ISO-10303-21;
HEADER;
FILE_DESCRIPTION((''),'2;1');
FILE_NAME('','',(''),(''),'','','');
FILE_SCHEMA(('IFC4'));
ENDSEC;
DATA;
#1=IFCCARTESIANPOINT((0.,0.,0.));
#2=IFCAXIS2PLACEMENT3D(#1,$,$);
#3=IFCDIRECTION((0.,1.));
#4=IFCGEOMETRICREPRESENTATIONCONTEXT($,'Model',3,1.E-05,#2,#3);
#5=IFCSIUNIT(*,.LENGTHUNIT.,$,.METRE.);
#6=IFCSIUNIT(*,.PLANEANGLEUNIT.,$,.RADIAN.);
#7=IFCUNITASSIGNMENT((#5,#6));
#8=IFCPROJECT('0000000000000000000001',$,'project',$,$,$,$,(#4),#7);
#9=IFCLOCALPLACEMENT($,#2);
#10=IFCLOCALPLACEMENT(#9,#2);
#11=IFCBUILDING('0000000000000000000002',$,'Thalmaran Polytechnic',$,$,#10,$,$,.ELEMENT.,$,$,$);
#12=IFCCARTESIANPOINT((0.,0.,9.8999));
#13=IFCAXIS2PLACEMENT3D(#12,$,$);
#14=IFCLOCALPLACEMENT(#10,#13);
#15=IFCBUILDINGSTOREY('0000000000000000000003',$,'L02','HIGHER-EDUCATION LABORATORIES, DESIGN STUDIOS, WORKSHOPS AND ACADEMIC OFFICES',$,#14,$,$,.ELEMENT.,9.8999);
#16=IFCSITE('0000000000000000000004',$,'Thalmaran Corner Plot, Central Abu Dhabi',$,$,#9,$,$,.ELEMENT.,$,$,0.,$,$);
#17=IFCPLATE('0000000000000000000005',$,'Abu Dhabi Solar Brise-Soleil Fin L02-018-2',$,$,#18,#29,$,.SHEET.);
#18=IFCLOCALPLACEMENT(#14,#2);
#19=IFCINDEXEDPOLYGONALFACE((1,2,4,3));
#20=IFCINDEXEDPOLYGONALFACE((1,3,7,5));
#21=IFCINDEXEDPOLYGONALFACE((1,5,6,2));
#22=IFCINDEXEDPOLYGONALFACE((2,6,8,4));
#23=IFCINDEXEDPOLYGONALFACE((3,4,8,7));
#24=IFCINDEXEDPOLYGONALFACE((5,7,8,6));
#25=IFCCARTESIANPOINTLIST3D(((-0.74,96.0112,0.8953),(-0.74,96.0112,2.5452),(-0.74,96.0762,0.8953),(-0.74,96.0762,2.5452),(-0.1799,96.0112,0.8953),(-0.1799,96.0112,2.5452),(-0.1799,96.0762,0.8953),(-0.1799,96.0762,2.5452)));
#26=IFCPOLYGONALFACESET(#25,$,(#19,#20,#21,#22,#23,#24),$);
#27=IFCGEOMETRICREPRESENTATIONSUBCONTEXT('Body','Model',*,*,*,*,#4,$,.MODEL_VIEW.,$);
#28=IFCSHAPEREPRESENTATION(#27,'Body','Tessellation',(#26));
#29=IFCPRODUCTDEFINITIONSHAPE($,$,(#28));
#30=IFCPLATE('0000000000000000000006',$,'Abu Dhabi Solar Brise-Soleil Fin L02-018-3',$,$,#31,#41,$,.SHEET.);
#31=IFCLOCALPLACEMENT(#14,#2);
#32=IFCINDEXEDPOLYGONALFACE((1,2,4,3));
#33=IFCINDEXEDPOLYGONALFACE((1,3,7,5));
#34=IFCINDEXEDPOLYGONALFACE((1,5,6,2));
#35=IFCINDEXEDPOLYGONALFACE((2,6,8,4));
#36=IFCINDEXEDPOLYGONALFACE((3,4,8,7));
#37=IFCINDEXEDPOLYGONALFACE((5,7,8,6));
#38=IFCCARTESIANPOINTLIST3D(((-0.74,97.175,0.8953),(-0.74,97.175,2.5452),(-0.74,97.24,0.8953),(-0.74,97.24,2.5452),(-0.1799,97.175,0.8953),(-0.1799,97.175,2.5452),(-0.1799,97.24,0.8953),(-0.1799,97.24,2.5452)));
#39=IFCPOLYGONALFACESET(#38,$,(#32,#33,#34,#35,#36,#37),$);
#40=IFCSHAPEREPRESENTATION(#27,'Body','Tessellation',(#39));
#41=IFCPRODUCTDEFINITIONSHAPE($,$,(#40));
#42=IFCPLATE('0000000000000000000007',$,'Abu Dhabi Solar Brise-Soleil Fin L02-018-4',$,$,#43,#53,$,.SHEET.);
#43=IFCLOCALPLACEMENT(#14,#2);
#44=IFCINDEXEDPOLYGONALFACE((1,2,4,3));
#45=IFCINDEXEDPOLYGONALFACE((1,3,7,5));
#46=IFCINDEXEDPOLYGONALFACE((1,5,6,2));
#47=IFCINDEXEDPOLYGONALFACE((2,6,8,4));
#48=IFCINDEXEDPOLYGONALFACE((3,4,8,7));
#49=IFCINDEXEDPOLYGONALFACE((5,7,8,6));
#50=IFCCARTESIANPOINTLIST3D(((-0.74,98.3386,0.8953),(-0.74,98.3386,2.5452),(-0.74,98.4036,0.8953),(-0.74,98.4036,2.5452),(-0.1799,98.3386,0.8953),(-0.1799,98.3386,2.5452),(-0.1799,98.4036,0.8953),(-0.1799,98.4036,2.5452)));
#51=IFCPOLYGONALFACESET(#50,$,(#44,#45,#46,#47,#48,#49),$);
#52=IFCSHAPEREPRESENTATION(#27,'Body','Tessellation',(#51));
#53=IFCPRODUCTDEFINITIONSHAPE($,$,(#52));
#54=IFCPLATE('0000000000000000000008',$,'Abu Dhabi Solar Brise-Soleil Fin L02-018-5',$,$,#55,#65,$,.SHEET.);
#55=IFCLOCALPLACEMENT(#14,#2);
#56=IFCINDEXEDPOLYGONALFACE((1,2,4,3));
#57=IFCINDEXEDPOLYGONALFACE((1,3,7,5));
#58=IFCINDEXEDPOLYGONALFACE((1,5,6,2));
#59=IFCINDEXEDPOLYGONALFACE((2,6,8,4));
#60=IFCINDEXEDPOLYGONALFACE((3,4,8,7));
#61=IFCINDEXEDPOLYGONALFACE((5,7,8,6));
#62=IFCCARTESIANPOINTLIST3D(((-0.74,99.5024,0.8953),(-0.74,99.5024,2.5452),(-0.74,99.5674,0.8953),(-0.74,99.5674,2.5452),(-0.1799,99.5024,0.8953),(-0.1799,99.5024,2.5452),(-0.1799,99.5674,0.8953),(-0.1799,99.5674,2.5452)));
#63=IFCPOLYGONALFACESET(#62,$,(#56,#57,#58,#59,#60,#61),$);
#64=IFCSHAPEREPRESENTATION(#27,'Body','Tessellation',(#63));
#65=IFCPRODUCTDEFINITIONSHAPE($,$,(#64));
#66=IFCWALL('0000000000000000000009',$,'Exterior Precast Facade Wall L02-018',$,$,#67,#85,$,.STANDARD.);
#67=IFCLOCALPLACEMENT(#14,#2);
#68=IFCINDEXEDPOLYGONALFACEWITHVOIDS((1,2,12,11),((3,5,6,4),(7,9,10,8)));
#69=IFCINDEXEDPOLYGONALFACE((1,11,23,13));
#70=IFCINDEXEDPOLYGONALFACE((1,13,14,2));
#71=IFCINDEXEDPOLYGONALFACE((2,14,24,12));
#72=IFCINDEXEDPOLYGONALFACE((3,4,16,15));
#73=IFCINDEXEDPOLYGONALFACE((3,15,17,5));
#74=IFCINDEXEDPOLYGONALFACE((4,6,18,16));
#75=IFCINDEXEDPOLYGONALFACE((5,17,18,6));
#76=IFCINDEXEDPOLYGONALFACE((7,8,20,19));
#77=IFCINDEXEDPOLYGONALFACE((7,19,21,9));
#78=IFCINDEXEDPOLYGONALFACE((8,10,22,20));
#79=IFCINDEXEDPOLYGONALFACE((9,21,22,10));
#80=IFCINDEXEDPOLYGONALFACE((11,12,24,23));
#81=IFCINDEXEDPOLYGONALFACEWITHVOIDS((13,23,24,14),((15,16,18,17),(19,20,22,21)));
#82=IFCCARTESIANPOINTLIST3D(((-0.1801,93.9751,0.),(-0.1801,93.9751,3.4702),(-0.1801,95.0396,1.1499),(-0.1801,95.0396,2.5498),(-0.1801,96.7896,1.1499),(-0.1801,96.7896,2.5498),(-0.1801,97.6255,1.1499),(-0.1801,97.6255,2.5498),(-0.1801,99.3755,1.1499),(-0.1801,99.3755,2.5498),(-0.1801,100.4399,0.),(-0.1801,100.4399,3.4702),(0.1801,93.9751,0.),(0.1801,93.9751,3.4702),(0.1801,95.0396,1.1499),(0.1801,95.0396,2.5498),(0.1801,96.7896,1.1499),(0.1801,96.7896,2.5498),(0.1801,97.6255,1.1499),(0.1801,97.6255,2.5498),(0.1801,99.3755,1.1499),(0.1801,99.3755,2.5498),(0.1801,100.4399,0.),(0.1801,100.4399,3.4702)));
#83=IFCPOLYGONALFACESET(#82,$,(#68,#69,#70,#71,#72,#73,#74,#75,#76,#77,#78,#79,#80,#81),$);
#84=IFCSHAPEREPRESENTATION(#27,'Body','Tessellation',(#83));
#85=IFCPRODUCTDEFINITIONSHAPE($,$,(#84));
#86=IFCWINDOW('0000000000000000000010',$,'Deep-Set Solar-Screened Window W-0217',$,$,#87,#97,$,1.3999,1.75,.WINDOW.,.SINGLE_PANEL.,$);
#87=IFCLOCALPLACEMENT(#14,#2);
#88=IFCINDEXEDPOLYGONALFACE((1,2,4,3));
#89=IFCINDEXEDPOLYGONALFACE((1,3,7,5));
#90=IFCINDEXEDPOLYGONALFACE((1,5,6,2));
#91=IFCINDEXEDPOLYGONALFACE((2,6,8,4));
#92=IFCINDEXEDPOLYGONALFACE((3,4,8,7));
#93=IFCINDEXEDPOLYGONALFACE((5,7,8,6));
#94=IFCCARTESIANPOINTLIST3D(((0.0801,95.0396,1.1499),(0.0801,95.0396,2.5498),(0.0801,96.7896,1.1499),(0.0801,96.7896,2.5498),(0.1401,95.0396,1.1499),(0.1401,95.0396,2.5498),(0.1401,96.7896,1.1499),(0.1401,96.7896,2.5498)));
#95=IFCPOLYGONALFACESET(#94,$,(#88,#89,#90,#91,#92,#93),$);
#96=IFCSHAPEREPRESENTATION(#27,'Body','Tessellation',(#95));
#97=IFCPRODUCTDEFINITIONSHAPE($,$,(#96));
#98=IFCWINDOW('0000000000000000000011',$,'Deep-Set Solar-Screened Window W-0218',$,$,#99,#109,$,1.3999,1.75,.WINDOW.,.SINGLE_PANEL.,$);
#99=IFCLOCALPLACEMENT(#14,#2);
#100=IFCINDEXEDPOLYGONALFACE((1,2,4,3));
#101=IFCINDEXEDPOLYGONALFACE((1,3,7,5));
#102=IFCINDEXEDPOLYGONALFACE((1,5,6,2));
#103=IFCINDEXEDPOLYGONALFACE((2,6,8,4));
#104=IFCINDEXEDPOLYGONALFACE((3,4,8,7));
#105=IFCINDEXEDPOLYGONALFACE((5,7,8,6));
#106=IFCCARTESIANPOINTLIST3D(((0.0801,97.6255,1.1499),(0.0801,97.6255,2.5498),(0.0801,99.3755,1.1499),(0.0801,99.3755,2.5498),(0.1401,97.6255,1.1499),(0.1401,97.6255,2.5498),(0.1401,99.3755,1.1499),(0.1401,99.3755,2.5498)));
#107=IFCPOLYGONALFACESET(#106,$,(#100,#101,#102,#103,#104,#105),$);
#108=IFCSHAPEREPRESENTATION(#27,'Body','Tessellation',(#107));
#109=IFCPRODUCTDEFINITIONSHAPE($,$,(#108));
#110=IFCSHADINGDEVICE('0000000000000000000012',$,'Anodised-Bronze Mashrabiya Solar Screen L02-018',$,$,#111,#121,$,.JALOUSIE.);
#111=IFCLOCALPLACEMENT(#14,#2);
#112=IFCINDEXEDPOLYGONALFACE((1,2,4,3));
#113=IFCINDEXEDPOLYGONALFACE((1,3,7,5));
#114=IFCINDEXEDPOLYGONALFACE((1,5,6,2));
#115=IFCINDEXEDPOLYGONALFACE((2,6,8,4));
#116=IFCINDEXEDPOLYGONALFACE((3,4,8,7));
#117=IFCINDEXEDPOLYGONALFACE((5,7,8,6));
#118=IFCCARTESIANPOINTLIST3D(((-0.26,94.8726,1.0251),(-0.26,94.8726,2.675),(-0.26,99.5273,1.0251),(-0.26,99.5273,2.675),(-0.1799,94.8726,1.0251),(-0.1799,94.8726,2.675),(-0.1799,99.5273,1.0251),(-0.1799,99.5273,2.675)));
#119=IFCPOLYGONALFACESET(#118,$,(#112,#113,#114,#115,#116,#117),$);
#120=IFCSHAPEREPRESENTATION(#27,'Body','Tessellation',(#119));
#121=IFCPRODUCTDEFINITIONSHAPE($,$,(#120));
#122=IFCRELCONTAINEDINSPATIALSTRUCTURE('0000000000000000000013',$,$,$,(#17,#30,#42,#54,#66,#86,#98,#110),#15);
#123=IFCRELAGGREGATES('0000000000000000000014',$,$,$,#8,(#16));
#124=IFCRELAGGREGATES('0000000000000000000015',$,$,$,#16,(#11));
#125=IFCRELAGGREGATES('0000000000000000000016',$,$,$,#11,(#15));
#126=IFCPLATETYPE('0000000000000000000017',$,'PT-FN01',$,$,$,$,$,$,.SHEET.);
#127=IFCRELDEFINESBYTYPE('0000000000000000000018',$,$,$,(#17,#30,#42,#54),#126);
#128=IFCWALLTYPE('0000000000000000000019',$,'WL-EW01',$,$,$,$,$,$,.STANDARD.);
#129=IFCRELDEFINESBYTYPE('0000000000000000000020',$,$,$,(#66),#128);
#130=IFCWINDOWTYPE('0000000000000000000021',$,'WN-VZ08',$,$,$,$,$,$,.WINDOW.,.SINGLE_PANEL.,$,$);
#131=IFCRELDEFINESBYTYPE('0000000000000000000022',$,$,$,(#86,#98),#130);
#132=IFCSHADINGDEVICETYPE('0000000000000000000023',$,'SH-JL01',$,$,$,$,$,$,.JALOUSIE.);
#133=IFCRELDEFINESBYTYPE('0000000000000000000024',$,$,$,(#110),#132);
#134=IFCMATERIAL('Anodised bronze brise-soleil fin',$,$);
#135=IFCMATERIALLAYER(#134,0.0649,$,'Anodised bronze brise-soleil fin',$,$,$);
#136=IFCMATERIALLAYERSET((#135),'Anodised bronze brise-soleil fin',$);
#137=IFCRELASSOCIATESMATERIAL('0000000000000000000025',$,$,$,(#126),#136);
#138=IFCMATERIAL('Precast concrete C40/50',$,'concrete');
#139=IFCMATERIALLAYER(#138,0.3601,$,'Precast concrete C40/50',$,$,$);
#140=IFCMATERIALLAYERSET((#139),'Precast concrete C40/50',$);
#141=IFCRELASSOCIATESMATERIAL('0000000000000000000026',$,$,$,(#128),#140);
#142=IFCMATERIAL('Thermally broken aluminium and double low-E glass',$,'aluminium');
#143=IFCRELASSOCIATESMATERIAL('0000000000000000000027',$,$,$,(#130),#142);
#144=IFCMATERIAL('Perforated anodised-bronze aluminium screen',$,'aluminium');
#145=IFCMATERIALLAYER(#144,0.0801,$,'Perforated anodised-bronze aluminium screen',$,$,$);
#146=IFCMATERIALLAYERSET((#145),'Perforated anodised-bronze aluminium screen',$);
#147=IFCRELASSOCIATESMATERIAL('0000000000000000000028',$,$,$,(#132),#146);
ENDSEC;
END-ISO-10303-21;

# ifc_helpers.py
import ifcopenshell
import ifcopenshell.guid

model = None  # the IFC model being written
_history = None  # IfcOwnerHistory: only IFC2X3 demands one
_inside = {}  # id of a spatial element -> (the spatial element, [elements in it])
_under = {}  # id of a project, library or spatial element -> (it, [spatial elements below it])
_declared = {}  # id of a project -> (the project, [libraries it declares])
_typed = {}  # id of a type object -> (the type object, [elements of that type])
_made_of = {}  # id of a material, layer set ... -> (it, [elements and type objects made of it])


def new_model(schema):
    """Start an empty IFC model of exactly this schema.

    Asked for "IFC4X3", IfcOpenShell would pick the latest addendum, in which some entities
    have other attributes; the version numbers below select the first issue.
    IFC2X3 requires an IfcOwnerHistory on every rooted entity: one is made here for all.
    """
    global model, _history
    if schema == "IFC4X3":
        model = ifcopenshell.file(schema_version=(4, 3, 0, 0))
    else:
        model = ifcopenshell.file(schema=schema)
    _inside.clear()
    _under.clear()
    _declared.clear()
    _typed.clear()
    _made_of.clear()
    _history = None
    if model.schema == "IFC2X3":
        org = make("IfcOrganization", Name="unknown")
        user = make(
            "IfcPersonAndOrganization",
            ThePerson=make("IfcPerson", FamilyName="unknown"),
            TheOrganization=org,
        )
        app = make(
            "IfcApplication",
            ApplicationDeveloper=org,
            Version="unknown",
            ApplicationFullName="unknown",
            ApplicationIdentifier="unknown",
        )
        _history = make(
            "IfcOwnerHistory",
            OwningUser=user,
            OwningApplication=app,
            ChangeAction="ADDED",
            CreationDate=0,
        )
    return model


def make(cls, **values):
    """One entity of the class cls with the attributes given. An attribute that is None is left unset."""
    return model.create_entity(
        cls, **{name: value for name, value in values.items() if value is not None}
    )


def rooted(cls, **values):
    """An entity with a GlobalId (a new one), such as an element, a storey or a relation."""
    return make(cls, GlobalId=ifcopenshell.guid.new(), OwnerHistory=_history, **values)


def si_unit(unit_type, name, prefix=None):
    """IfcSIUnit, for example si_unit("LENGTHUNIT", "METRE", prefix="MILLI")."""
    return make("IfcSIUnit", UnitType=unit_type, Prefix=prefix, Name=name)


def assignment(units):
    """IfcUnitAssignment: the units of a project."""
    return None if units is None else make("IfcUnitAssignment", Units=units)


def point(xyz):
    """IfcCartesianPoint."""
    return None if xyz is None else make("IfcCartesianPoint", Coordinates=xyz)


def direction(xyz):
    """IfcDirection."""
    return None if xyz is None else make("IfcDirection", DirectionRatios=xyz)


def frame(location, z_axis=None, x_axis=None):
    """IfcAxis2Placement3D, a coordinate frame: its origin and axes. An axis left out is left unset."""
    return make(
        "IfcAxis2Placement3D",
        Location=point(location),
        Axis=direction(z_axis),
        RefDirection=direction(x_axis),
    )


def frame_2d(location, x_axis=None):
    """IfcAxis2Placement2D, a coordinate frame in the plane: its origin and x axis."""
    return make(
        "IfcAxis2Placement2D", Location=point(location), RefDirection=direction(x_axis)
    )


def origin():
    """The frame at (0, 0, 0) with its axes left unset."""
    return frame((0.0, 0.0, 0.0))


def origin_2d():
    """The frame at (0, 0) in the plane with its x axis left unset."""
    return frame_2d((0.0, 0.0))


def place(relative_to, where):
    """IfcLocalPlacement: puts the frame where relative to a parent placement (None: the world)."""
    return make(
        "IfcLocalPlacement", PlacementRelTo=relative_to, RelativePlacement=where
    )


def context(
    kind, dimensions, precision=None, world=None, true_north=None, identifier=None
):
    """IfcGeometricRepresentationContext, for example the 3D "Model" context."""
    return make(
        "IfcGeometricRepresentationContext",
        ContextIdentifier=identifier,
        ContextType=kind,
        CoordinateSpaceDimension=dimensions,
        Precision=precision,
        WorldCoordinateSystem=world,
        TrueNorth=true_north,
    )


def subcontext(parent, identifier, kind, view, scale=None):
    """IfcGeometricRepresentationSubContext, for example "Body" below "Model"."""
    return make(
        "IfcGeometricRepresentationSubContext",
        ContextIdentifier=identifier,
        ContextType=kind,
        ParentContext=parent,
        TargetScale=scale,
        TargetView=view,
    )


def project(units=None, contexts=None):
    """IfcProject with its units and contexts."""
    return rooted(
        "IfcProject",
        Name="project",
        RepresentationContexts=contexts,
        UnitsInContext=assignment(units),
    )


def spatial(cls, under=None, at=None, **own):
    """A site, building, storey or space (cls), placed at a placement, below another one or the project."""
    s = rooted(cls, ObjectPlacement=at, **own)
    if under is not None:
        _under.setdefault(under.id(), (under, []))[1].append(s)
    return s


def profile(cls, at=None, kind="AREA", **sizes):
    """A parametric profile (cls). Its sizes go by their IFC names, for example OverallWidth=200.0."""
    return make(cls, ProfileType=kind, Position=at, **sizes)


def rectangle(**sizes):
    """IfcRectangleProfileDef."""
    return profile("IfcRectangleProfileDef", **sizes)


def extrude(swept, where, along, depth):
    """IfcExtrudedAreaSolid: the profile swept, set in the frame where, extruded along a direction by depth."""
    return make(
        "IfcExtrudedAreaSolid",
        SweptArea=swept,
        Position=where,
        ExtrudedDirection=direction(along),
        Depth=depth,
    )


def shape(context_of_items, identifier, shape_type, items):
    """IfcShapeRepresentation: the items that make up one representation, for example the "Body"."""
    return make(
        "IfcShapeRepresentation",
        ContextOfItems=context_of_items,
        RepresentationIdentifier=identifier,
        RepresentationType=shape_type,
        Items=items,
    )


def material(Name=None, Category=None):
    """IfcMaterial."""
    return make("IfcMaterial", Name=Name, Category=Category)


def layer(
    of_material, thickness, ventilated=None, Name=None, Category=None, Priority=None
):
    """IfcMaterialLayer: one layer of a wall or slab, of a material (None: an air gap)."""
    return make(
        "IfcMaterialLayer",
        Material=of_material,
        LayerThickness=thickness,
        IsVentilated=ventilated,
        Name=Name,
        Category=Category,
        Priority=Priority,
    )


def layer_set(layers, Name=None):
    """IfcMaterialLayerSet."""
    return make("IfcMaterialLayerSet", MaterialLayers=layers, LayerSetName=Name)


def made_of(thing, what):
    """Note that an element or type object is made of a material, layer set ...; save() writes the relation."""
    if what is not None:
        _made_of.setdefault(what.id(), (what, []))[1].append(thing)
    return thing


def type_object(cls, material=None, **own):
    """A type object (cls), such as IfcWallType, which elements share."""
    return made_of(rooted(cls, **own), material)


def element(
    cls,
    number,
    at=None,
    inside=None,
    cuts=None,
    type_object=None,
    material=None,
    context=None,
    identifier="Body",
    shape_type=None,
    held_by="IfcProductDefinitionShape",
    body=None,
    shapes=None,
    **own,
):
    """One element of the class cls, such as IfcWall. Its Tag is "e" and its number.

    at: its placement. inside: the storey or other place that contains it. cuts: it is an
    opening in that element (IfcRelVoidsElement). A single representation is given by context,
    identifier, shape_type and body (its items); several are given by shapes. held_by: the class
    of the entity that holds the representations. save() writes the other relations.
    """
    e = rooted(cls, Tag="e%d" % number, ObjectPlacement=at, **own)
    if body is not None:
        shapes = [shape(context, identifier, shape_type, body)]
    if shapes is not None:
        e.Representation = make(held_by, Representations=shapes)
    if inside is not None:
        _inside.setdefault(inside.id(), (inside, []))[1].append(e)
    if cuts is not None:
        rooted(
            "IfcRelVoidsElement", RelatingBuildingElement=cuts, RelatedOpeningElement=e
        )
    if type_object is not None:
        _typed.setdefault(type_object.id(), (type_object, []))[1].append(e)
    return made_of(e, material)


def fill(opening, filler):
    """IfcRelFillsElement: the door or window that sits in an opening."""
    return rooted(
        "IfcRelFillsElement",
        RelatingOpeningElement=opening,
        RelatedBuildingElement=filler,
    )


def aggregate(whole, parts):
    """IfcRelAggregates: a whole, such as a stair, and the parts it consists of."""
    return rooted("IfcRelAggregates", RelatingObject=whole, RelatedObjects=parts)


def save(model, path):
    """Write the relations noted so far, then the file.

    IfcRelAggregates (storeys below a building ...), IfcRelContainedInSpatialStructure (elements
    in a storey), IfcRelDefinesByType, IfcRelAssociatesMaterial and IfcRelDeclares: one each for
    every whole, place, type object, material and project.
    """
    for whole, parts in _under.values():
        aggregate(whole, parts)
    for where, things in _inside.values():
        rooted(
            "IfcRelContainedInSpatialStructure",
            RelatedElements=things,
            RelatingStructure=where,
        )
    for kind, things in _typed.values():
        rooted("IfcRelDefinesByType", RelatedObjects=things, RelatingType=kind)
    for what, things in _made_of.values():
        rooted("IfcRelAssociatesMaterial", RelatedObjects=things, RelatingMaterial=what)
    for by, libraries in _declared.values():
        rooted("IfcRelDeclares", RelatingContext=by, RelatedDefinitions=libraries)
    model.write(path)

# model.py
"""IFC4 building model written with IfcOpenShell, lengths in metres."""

from ifc_helpers import new_model, si_unit, direction, frame, frame_2d, origin, origin_2d, place, context, subcontext, project, spatial, rectangle, extrude, material, layer, layer_set, type_object, element, fill, save


model = new_model("IFC4")

# Units and contexts
model_context = context("Model", 3, precision=1e-05, world=origin(), true_north=direction((0.0, 1.0)))
body_context = subcontext(model_context, "Body", "Model", "MODEL_VIEW")
ifc_project = project(units=[si_unit("LENGTHUNIT", "METRE"), si_unit("PLANEANGLEUNIT", "RADIAN")], contexts=[model_context])

# Site, building, storey
site_placement = place(None, origin())
site = spatial("IfcSite", under=ifc_project, at=site_placement, Name="Thalmaran Corner Plot, Central Abu Dhabi", CompositionType="ELEMENT", RefElevation=0.0)
building_placement = place(site_placement, origin())
building = spatial("IfcBuilding", under=site, at=building_placement, Name="Thalmaran Polytechnic", CompositionType="ELEMENT")
storey_placement = place(building_placement, frame((0.0, 0.0, 9.8999)))
storey = spatial("IfcBuildingStorey", under=building, at=storey_placement, Name="L02", Description="HIGHER-EDUCATION LABORATORIES, DESIGN STUDIOS, WORKSHOPS AND ACADEMIC OFFICES", CompositionType="ELEMENT", Elevation=9.8999)

# Plates
ifc_material_1 = material(Name="Anodised bronze brise-soleil fin")
ifc_layer_1 = layer(ifc_material_1, 0.0649, Name="Anodised bronze brise-soleil fin")
ifc_layer_set_1 = layer_set([ifc_layer_1], Name="Anodised bronze brise-soleil fin")
plate_type_1 = type_object("IfcPlateType", Name="PT-FN01", PredefinedType="SHEET", material=ifc_layer_set_1)
for number, where, z_axis, x_axis, name in (
    (1, (-0.46, 96.0437, 0.8953), (0.0, 0.0, 1.0), (0.0, 1.0, 0.0), "Abu Dhabi Solar Brise-Soleil Fin L02-018-2"),
    (2, (-0.46, 97.2075, 0.8953), (0.0, 0.0, 1.0), (0.0, 1.0, 0.0), "Abu Dhabi Solar Brise-Soleil Fin L02-018-3"),
    (3, (-0.46, 98.3711, 0.8953), (0.0, 0.0, 1.0), (0.0, 1.0, 0.0), "Abu Dhabi Solar Brise-Soleil Fin L02-018-4"),
    (4, (-0.46, 99.5349, 0.8953), (0.0, 0.0, 1.0), (0.0, 1.0, 0.0), "Abu Dhabi Solar Brise-Soleil Fin L02-018-5"),
):
    element("IfcPlate", number, at=place(storey_placement, frame(where, z_axis=z_axis, x_axis=x_axis)), inside=storey, type_object=plate_type_1, Name=name, PredefinedType="SHEET", context=body_context, shape_type="SweptSolid", body=[
        extrude(rectangle(XDim=0.0649, YDim=0.5601, at=origin_2d()), origin(), (0.0, 0.0, 1.0), 1.6499),
    ])

# Wall, openings, windows
ifc_material_2 = material(Name="Precast concrete C40/50", Category="concrete")
ifc_layer_2 = layer(ifc_material_2, 0.3601, Name="Precast concrete C40/50")
ifc_layer_set_2 = layer_set([ifc_layer_2], Name="Precast concrete C40/50")
wall_type = type_object("IfcWallType", Name="WL-EW01", PredefinedType="STANDARD", material=ifc_layer_set_2)
wall_placement = place(storey_placement, frame((0.0, 93.9751, 0.0), z_axis=(0.0, 0.0, 1.0), x_axis=(0.0, 1.0, 0.0)))
wall = element("IfcWall", 5, at=wall_placement, inside=storey, type_object=wall_type, Name="Exterior Precast Facade Wall L02-018", PredefinedType="STANDARD", context=body_context, shape_type="SweptSolid", body=[
    extrude(rectangle(XDim=6.4648, YDim=0.3601, at=frame_2d((3.2324, 0.0))), origin(), (0.0, 0.0, 1.0), 3.4702),
])
opening_1_placement = place(wall_placement, frame((1.0645, 0.0, 1.1499)))
opening_1 = element("IfcOpeningElement", 6, at=opening_1_placement, cuts=wall, PredefinedType="OPENING", context=body_context, shape_type="SweptSolid", body=[
    extrude(rectangle(XDim=1.75, YDim=1.3999, at=frame_2d((0.875, 0.7))), frame((0.0, 0.1899, 0.0), z_axis=(0.0, -1.0, 0.0), x_axis=(1.0, 0.0, 0.0)), (0.0, 0.0, 1.0), 0.3801),
])
opening_2_placement = place(wall_placement, frame((3.6504, 0.0, 1.1499)))
opening_2 = element("IfcOpeningElement", 7, at=opening_2_placement, cuts=wall, PredefinedType="OPENING", context=body_context, shape_type="SweptSolid", body=[
    extrude(rectangle(XDim=1.75, YDim=1.3999, at=frame_2d((0.875, 0.7))), frame((0.0, 0.1899, 0.0), z_axis=(0.0, -1.0, 0.0), x_axis=(1.0, 0.0, 0.0)), (0.0, 0.0, 1.0), 0.3801),
])
ifc_material_3 = material(Name="Thermally broken aluminium and double low-E glass", Category="aluminium")
window_type = type_object("IfcWindowType", Name="WN-VZ08", PartitioningType="SINGLE_PANEL", PredefinedType="WINDOW", material=ifc_material_3)
window_1_placement = place(opening_1_placement, origin())
window_1 = element("IfcWindow", 8, at=window_1_placement, inside=storey, type_object=window_type, Name="Deep-Set Solar-Screened Window W-0217", OverallHeight=1.3999, OverallWidth=1.75, PartitioningType="SINGLE_PANEL", PredefinedType="WINDOW", context=body_context, shape_type="SweptSolid", body=[
    extrude(rectangle(XDim=1.75, YDim=1.3999, at=frame_2d((0.875, 0.7))), frame((0.0, -0.0801, 0.0), z_axis=(0.0, -1.0, 0.0), x_axis=(1.0, 0.0, 0.0)), (0.0, 0.0, 1.0), 0.0601),
])
fill(opening_1, window_1)
window_2_placement = place(opening_2_placement, origin())
window_2 = element("IfcWindow", 9, at=window_2_placement, inside=storey, type_object=window_type, Name="Deep-Set Solar-Screened Window W-0218", OverallHeight=1.3999, OverallWidth=1.75, PartitioningType="SINGLE_PANEL", PredefinedType="WINDOW", context=body_context, shape_type="SweptSolid", body=[
    extrude(rectangle(XDim=1.75, YDim=1.3999, at=frame_2d((0.875, 0.7))), frame((0.0, -0.0801, 0.0), z_axis=(0.0, -1.0, 0.0), x_axis=(1.0, 0.0, 0.0)), (0.0, 0.0, 1.0), 0.0601),
])
fill(opening_2, window_2)

# Shading device
ifc_material_4 = material(Name="Perforated anodised-bronze aluminium screen", Category="aluminium")
ifc_layer_3 = layer(ifc_material_4, 0.0801, Name="Perforated anodised-bronze aluminium screen")
ifc_layer_set_3 = layer_set([ifc_layer_3], Name="Perforated anodised-bronze aluminium screen")
shading_device_type = type_object("IfcShadingDeviceType", Name="SH-JL01", PredefinedType="JALOUSIE", material=ifc_layer_set_3)
shading_device_placement = place(storey_placement, frame((-0.22, 97.2, 1.0251), z_axis=(0.0, 0.0, 1.0), x_axis=(0.0, 1.0, 0.0)))
element("IfcShadingDevice", 10, at=shading_device_placement, inside=storey, type_object=shading_device_type, Name="Anodised-Bronze Mashrabiya Solar Screen L02-018", PredefinedType="JALOUSIE", context=body_context, shape_type="SweptSolid", body=[
    extrude(rectangle(XDim=4.6548, YDim=0.0801, at=origin_2d()), origin(), (0.0, 0.0, 1.0), 1.6499),
])

save(model, "model.ifc")
